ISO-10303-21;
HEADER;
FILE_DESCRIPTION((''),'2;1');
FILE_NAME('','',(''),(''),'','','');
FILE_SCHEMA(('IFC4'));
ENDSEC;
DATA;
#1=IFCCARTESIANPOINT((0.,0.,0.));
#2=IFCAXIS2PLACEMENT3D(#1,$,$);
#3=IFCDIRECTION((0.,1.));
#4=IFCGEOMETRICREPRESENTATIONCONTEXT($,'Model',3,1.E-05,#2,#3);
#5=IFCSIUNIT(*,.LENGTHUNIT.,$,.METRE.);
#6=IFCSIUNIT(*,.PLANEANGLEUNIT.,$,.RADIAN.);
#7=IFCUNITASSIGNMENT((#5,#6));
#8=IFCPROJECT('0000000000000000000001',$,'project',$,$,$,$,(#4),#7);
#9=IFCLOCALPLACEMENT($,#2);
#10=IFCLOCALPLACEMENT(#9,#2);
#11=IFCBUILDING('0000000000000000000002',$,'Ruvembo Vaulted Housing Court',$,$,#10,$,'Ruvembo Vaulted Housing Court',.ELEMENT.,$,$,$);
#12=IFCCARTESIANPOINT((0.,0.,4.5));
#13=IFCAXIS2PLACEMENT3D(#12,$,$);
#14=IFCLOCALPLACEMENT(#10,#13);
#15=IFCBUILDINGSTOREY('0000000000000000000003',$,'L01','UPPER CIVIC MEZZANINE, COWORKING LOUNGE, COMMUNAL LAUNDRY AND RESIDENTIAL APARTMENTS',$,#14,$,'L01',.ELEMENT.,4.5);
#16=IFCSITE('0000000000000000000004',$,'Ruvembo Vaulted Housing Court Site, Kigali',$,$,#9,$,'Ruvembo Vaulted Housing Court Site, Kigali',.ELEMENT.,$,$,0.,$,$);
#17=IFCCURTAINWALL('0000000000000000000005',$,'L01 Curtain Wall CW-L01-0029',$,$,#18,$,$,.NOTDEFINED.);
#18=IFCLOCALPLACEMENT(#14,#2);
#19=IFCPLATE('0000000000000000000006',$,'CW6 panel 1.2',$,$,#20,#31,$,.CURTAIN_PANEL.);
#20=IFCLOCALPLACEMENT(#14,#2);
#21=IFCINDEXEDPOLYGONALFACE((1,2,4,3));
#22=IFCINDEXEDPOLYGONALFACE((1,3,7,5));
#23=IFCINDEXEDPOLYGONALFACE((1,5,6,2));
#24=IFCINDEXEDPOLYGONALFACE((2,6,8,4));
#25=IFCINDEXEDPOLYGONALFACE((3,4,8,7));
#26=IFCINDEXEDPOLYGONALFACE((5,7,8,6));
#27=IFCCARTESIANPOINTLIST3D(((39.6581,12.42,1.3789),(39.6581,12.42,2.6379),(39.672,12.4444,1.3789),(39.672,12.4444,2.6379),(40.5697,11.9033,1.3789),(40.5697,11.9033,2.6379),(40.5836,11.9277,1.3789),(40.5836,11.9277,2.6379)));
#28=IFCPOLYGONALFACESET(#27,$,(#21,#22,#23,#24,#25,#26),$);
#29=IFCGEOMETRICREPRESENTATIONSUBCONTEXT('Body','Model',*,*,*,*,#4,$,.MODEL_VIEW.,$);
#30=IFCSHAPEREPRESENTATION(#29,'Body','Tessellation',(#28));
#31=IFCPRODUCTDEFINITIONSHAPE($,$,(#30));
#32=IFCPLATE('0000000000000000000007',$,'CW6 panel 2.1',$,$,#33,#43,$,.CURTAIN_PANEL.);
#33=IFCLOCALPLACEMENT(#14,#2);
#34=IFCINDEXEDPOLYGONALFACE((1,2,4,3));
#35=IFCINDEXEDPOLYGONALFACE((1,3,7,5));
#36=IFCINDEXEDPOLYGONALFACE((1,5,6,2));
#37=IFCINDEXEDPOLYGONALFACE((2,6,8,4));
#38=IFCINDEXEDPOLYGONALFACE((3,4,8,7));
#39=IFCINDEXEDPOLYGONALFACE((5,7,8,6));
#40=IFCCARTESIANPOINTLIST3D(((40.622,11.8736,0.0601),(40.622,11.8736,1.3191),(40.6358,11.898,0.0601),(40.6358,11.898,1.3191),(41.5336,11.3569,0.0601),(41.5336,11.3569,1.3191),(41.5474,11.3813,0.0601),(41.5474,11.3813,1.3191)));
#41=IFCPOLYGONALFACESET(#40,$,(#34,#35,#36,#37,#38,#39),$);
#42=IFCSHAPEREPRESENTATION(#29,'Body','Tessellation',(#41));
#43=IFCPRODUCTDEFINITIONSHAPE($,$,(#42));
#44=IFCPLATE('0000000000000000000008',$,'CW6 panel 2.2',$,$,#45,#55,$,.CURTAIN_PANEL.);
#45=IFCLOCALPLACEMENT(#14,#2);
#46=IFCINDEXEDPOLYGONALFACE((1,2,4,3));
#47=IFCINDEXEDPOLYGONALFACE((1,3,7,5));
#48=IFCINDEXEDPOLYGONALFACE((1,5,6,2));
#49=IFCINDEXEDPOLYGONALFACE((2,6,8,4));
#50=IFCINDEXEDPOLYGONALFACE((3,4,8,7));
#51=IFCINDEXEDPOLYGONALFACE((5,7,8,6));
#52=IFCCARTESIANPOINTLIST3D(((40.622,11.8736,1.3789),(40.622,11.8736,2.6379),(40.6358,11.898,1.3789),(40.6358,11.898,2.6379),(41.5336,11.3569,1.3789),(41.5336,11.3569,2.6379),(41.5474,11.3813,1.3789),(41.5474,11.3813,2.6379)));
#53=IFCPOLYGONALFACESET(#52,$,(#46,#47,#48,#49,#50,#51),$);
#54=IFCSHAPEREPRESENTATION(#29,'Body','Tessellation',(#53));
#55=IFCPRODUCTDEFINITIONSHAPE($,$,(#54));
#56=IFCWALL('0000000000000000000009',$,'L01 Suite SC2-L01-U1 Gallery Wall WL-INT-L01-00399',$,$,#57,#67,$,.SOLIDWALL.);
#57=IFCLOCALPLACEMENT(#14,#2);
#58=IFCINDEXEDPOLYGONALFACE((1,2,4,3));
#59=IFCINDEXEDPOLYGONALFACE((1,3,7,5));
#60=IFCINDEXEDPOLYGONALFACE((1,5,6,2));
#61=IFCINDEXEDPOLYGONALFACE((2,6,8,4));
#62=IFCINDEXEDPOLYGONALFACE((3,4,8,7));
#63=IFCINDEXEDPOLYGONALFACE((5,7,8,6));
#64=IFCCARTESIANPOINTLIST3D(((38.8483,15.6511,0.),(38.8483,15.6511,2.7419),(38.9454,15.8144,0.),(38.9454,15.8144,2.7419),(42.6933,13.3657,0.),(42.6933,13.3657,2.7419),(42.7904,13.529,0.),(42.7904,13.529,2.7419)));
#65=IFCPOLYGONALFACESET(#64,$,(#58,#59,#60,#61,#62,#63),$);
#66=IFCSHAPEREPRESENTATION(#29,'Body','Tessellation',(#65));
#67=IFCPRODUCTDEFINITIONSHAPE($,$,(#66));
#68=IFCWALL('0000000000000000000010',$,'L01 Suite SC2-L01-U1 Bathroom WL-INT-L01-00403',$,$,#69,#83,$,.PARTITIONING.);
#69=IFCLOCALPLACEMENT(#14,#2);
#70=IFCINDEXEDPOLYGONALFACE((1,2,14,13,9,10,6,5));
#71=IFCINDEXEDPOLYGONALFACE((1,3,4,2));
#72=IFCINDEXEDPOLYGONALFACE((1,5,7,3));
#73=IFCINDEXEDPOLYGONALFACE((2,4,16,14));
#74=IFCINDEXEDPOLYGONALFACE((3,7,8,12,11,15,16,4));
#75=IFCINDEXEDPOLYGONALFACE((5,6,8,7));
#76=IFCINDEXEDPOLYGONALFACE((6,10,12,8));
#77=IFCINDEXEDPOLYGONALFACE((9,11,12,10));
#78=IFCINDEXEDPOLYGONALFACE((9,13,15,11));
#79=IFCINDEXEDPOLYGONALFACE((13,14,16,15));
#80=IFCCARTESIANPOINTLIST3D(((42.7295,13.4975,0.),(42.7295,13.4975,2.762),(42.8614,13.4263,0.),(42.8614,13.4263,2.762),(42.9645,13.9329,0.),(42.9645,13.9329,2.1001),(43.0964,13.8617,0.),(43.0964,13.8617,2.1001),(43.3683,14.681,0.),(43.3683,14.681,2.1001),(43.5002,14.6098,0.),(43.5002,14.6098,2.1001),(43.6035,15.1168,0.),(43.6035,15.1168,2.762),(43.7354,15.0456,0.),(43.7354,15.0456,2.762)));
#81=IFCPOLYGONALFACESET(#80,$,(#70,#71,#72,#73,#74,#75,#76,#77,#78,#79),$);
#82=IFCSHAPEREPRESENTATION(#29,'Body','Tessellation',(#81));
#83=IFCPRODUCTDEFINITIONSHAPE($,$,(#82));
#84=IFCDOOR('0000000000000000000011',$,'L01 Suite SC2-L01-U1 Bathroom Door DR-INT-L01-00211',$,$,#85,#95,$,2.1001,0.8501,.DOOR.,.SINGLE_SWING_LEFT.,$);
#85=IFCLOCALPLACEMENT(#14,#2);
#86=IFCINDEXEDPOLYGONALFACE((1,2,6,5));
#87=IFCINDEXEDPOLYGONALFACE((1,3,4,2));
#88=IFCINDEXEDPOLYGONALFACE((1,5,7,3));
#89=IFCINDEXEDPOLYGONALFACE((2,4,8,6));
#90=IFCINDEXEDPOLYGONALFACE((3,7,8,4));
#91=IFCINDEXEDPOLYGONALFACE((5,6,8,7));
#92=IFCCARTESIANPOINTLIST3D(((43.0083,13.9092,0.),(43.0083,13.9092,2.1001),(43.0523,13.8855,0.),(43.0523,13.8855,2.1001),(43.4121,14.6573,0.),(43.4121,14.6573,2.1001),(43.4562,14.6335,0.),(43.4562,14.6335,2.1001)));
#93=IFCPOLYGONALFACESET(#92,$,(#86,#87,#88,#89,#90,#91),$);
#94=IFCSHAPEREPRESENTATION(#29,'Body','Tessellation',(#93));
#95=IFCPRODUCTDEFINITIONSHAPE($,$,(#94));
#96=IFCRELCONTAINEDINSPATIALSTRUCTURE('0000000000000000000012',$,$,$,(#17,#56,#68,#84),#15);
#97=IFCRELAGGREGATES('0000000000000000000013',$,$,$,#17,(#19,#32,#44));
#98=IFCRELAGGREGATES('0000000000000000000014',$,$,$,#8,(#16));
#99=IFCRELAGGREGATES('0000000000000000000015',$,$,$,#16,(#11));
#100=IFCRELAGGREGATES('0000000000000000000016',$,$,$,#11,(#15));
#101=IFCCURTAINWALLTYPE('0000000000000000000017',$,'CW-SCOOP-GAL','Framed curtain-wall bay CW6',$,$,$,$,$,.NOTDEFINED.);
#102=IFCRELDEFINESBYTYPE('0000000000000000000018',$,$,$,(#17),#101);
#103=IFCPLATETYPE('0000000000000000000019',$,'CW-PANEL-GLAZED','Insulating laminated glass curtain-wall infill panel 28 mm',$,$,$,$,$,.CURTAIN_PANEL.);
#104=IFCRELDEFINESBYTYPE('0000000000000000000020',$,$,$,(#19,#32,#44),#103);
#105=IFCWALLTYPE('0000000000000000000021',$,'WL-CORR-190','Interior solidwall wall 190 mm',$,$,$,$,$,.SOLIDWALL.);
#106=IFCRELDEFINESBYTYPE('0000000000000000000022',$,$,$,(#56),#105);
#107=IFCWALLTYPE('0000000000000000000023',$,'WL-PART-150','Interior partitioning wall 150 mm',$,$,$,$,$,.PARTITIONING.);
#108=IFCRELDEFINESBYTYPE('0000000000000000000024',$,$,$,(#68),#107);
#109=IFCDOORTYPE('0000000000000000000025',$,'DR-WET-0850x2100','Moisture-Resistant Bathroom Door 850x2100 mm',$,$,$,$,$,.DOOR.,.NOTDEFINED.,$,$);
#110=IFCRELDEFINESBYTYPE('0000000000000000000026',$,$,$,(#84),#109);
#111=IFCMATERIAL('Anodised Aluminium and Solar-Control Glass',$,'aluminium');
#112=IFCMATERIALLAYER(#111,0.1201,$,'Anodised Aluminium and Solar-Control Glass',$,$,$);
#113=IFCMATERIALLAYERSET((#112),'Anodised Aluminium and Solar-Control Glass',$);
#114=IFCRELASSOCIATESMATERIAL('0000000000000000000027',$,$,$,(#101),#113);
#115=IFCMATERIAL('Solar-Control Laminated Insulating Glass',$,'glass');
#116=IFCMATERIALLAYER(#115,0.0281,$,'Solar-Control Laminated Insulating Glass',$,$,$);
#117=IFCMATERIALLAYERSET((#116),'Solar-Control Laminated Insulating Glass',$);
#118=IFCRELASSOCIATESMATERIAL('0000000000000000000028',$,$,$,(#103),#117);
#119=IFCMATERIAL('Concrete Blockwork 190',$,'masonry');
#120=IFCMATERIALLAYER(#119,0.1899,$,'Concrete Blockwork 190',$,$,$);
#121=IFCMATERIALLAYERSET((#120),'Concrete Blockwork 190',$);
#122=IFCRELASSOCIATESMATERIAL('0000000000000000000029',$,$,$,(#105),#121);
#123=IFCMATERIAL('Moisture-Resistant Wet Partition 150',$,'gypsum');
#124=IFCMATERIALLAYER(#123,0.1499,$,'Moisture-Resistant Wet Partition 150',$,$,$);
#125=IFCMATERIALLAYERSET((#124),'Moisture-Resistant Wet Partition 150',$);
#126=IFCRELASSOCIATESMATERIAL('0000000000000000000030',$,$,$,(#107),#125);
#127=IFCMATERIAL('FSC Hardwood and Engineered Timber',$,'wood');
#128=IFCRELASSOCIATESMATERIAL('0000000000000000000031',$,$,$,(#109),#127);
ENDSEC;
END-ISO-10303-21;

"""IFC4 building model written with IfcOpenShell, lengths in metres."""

from ifc_helpers import new_model, si_unit, direction, frame, frame_2d, origin, origin_2d, place, context, subcontext, project, spatial, rectangle, extrude, material, layer, layer_set, type_object, element, fill, aggregate, save


model = new_model("IFC4")

# Units and contexts
model_context = context("Model", 3, precision=1e-05, world=origin(), true_north=direction((0.0, 1.0)))
body_context = subcontext(model_context, "Body", "Model", "MODEL_VIEW")
ifc_project = project(units=[si_unit("LENGTHUNIT", "METRE"), si_unit("PLANEANGLEUNIT", "RADIAN")], contexts=[model_context])

# Site, building, storey
site_placement = place(None, origin())
site = spatial("IfcSite", under=ifc_project, at=site_placement, Name="Ruvembo Vaulted Housing Court Site, Kigali", LongName="Ruvembo Vaulted Housing Court Site, Kigali", CompositionType="ELEMENT", RefElevation=0.0)
building_placement = place(site_placement, origin())
building = spatial("IfcBuilding", under=site, at=building_placement, Name="Ruvembo Vaulted Housing Court", LongName="Ruvembo Vaulted Housing Court", CompositionType="ELEMENT")
storey_placement = place(building_placement, frame((0.0, 0.0, 4.5)))
storey = spatial("IfcBuildingStorey", under=building, at=storey_placement, Name="L01", Description="UPPER CIVIC MEZZANINE, COWORKING LOUNGE, COMMUNAL LAUNDRY AND RESIDENTIAL APARTMENTS", LongName="L01", CompositionType="ELEMENT", Elevation=4.5)

# Curtain wall, plates
ifc_material_1 = material(Name="Anodised Aluminium and Solar-Control Glass", Category="aluminium")
ifc_layer_1 = layer(ifc_material_1, 0.1201, Name="Anodised Aluminium and Solar-Control Glass")
ifc_layer_set_1 = layer_set([ifc_layer_1], Name="Anodised Aluminium and Solar-Control Glass")
curtain_wall_type = type_object("IfcCurtainWallType", Name="CW-SCOOP-GAL", Description="Framed curtain-wall bay CW6", PredefinedType="NOTDEFINED", material=ifc_layer_set_1)
curtain_wall_placement = place(storey_placement, origin())
curtain_wall = element("IfcCurtainWall", 1, at=curtain_wall_placement, inside=storey, type_object=curtain_wall_type, Name="L01 Curtain Wall CW-L01-0029", PredefinedType="NOTDEFINED")
ifc_material_2 = material(Name="Solar-Control Laminated Insulating Glass", Category="glass")
ifc_layer_2 = layer(ifc_material_2, 0.0281, Name="Solar-Control Laminated Insulating Glass")
ifc_layer_set_2 = layer_set([ifc_layer_2], Name="Solar-Control Laminated Insulating Glass")
plate_type = type_object("IfcPlateType", Name="CW-PANEL-GLAZED", Description="Insulating laminated glass curtain-wall infill panel 28 mm", PredefinedType="CURTAIN_PANEL", material=ifc_layer_set_2)
plate_1_placement = place(storey_placement, frame((40.1208, 12.1738, 1.3789), z_axis=(0.0, 0.0, 1.0), x_axis=(0.869984, -0.493079, 0.0)))
plate_1 = element("IfcPlate", 2, at=plate_1_placement, type_object=plate_type, Name="CW6 panel 1.2", PredefinedType="CURTAIN_PANEL", context=body_context, shape_type="SweptSolid", body=[
    extrude(rectangle(XDim=1.0479, YDim=0.0281, at=origin_2d()), origin(), (0.0, 0.0, 1.0), 1.259),
])
plate_2_placement = place(storey_placement, frame((41.0847, 11.6274, 0.0601), z_axis=(0.0, 0.0, 1.0), x_axis=(0.869984, -0.493079, 0.0)))
plate_2 = element("IfcPlate", 3, at=plate_2_placement, type_object=plate_type, Name="CW6 panel 2.1", PredefinedType="CURTAIN_PANEL", context=body_context, shape_type="SweptSolid", body=[
    extrude(rectangle(XDim=1.0479, YDim=0.0281, at=origin_2d()), origin(), (0.0, 0.0, 1.0), 1.259),
])
plate_3_placement = place(storey_placement, frame((41.0847, 11.6274, 1.3789), z_axis=(0.0, 0.0, 1.0), x_axis=(0.869984, -0.493079, 0.0)))
plate_3 = element("IfcPlate", 4, at=plate_3_placement, type_object=plate_type, Name="CW6 panel 2.2", PredefinedType="CURTAIN_PANEL", context=body_context, shape_type="SweptSolid", body=[
    extrude(rectangle(XDim=1.0479, YDim=0.0281, at=origin_2d()), origin(), (0.0, 0.0, 1.0), 1.259),
])
aggregate(curtain_wall, [plate_1, plate_2, plate_3])

# Wall
ifc_material_3 = material(Name="Concrete Blockwork 190", Category="masonry")
ifc_layer_3 = layer(ifc_material_3, 0.1899, Name="Concrete Blockwork 190")
ifc_layer_set_3 = layer_set([ifc_layer_3], Name="Concrete Blockwork 190")
wall_type_1 = type_object("IfcWallType", Name="WL-CORR-190", Description="Interior solidwall wall 190 mm", PredefinedType="SOLIDWALL", material=ifc_layer_set_3)
wall_1_placement = place(storey_placement, frame((38.897, 15.7327, 0.0), z_axis=(0.0, 0.0, 1.0), x_axis=(0.859614, -0.510944, 0.0)))
element("IfcWall", 5, at=wall_1_placement, inside=storey, type_object=wall_type_1, Name="L01 Suite SC2-L01-U1 Gallery Wall WL-INT-L01-00399", PredefinedType="SOLIDWALL", context=body_context, shape_type="SweptSolid", body=[
    extrude(rectangle(XDim=4.4729, YDim=0.1899, at=frame_2d((2.2363, 0.0))), origin(), (0.0, 0.0, 1.0), 2.7419),
])

# Wall, opening, door
ifc_material_4 = material(Name="FSC Hardwood and Engineered Timber", Category="wood")
ifc_material_5 = material(Name="Moisture-Resistant Wet Partition 150", Category="gypsum")
ifc_layer_4 = layer(ifc_material_5, 0.1499, Name="Moisture-Resistant Wet Partition 150")
ifc_layer_set_4 = layer_set([ifc_layer_4], Name="Moisture-Resistant Wet Partition 150")
wall_type_2 = type_object("IfcWallType", Name="WL-PART-150", Description="Interior partitioning wall 150 mm", PredefinedType="PARTITIONING", material=ifc_layer_set_4)
wall_2_placement = place(storey_placement, frame((43.6694, 15.0811, 0.0), z_axis=(0.0, 0.0, 1.0), x_axis=(-0.475017, -0.879976, 0.0)))
wall_2 = element("IfcWall", 6, at=wall_2_placement, inside=storey, type_object=wall_type_2, Name="L01 Suite SC2-L01-U1 Bathroom WL-INT-L01-00403", PredefinedType="PARTITIONING", context=body_context, shape_type="SweptSolid", body=[
    extrude(rectangle(XDim=1.8401, YDim=0.1499, at=frame_2d((0.9199, 0.0))), origin(), (0.0, 0.0, 1.0), 2.762),
])
opening_1_placement = place(wall_2_placement, frame((0.4951, 0.0, 0.0)))
opening_1 = element("IfcOpeningElement", 7, at=opening_1_placement, cuts=wall_2, PredefinedType="OPENING", context=body_context, shape_type="SweptSolid", body=[
    extrude(rectangle(XDim=0.8501, YDim=2.1001, at=frame_2d((0.425, 1.05))), frame((0.0, 0.085, 0.0), z_axis=(0.0, -1.0, 0.0), x_axis=(1.0, 0.0, 0.0)), (0.0, 0.0, 1.0), 0.1699),
])
door_type_1 = type_object("IfcDoorType", Name="DR-WET-0850x2100", Description="Moisture-Resistant Bathroom Door 850x2100 mm", OperationType="NOTDEFINED", PredefinedType="DOOR", material=ifc_material_4)
door_1_placement = place(opening_1_placement, origin())
door_1 = element("IfcDoor", 8, at=door_1_placement, inside=storey, type_object=door_type_1, Name="L01 Suite SC2-L01-U1 Bathroom Door DR-INT-L01-00211", OperationType="SINGLE_SWING_LEFT", OverallHeight=2.1001, OverallWidth=0.8501, PredefinedType="DOOR", context=body_context, shape_type="SweptSolid", body=[
    extrude(rectangle(XDim=0.8501, YDim=2.1001, at=frame_2d((0.425, 1.05))), frame((0.0, 0.0249, 0.0), z_axis=(0.0, -1.0, 0.0), x_axis=(1.0, 0.0, 0.0)), (0.0, 0.0, 1.0), 0.05),
])
fill(opening_1, door_1)

save(model, "model.ifc")
